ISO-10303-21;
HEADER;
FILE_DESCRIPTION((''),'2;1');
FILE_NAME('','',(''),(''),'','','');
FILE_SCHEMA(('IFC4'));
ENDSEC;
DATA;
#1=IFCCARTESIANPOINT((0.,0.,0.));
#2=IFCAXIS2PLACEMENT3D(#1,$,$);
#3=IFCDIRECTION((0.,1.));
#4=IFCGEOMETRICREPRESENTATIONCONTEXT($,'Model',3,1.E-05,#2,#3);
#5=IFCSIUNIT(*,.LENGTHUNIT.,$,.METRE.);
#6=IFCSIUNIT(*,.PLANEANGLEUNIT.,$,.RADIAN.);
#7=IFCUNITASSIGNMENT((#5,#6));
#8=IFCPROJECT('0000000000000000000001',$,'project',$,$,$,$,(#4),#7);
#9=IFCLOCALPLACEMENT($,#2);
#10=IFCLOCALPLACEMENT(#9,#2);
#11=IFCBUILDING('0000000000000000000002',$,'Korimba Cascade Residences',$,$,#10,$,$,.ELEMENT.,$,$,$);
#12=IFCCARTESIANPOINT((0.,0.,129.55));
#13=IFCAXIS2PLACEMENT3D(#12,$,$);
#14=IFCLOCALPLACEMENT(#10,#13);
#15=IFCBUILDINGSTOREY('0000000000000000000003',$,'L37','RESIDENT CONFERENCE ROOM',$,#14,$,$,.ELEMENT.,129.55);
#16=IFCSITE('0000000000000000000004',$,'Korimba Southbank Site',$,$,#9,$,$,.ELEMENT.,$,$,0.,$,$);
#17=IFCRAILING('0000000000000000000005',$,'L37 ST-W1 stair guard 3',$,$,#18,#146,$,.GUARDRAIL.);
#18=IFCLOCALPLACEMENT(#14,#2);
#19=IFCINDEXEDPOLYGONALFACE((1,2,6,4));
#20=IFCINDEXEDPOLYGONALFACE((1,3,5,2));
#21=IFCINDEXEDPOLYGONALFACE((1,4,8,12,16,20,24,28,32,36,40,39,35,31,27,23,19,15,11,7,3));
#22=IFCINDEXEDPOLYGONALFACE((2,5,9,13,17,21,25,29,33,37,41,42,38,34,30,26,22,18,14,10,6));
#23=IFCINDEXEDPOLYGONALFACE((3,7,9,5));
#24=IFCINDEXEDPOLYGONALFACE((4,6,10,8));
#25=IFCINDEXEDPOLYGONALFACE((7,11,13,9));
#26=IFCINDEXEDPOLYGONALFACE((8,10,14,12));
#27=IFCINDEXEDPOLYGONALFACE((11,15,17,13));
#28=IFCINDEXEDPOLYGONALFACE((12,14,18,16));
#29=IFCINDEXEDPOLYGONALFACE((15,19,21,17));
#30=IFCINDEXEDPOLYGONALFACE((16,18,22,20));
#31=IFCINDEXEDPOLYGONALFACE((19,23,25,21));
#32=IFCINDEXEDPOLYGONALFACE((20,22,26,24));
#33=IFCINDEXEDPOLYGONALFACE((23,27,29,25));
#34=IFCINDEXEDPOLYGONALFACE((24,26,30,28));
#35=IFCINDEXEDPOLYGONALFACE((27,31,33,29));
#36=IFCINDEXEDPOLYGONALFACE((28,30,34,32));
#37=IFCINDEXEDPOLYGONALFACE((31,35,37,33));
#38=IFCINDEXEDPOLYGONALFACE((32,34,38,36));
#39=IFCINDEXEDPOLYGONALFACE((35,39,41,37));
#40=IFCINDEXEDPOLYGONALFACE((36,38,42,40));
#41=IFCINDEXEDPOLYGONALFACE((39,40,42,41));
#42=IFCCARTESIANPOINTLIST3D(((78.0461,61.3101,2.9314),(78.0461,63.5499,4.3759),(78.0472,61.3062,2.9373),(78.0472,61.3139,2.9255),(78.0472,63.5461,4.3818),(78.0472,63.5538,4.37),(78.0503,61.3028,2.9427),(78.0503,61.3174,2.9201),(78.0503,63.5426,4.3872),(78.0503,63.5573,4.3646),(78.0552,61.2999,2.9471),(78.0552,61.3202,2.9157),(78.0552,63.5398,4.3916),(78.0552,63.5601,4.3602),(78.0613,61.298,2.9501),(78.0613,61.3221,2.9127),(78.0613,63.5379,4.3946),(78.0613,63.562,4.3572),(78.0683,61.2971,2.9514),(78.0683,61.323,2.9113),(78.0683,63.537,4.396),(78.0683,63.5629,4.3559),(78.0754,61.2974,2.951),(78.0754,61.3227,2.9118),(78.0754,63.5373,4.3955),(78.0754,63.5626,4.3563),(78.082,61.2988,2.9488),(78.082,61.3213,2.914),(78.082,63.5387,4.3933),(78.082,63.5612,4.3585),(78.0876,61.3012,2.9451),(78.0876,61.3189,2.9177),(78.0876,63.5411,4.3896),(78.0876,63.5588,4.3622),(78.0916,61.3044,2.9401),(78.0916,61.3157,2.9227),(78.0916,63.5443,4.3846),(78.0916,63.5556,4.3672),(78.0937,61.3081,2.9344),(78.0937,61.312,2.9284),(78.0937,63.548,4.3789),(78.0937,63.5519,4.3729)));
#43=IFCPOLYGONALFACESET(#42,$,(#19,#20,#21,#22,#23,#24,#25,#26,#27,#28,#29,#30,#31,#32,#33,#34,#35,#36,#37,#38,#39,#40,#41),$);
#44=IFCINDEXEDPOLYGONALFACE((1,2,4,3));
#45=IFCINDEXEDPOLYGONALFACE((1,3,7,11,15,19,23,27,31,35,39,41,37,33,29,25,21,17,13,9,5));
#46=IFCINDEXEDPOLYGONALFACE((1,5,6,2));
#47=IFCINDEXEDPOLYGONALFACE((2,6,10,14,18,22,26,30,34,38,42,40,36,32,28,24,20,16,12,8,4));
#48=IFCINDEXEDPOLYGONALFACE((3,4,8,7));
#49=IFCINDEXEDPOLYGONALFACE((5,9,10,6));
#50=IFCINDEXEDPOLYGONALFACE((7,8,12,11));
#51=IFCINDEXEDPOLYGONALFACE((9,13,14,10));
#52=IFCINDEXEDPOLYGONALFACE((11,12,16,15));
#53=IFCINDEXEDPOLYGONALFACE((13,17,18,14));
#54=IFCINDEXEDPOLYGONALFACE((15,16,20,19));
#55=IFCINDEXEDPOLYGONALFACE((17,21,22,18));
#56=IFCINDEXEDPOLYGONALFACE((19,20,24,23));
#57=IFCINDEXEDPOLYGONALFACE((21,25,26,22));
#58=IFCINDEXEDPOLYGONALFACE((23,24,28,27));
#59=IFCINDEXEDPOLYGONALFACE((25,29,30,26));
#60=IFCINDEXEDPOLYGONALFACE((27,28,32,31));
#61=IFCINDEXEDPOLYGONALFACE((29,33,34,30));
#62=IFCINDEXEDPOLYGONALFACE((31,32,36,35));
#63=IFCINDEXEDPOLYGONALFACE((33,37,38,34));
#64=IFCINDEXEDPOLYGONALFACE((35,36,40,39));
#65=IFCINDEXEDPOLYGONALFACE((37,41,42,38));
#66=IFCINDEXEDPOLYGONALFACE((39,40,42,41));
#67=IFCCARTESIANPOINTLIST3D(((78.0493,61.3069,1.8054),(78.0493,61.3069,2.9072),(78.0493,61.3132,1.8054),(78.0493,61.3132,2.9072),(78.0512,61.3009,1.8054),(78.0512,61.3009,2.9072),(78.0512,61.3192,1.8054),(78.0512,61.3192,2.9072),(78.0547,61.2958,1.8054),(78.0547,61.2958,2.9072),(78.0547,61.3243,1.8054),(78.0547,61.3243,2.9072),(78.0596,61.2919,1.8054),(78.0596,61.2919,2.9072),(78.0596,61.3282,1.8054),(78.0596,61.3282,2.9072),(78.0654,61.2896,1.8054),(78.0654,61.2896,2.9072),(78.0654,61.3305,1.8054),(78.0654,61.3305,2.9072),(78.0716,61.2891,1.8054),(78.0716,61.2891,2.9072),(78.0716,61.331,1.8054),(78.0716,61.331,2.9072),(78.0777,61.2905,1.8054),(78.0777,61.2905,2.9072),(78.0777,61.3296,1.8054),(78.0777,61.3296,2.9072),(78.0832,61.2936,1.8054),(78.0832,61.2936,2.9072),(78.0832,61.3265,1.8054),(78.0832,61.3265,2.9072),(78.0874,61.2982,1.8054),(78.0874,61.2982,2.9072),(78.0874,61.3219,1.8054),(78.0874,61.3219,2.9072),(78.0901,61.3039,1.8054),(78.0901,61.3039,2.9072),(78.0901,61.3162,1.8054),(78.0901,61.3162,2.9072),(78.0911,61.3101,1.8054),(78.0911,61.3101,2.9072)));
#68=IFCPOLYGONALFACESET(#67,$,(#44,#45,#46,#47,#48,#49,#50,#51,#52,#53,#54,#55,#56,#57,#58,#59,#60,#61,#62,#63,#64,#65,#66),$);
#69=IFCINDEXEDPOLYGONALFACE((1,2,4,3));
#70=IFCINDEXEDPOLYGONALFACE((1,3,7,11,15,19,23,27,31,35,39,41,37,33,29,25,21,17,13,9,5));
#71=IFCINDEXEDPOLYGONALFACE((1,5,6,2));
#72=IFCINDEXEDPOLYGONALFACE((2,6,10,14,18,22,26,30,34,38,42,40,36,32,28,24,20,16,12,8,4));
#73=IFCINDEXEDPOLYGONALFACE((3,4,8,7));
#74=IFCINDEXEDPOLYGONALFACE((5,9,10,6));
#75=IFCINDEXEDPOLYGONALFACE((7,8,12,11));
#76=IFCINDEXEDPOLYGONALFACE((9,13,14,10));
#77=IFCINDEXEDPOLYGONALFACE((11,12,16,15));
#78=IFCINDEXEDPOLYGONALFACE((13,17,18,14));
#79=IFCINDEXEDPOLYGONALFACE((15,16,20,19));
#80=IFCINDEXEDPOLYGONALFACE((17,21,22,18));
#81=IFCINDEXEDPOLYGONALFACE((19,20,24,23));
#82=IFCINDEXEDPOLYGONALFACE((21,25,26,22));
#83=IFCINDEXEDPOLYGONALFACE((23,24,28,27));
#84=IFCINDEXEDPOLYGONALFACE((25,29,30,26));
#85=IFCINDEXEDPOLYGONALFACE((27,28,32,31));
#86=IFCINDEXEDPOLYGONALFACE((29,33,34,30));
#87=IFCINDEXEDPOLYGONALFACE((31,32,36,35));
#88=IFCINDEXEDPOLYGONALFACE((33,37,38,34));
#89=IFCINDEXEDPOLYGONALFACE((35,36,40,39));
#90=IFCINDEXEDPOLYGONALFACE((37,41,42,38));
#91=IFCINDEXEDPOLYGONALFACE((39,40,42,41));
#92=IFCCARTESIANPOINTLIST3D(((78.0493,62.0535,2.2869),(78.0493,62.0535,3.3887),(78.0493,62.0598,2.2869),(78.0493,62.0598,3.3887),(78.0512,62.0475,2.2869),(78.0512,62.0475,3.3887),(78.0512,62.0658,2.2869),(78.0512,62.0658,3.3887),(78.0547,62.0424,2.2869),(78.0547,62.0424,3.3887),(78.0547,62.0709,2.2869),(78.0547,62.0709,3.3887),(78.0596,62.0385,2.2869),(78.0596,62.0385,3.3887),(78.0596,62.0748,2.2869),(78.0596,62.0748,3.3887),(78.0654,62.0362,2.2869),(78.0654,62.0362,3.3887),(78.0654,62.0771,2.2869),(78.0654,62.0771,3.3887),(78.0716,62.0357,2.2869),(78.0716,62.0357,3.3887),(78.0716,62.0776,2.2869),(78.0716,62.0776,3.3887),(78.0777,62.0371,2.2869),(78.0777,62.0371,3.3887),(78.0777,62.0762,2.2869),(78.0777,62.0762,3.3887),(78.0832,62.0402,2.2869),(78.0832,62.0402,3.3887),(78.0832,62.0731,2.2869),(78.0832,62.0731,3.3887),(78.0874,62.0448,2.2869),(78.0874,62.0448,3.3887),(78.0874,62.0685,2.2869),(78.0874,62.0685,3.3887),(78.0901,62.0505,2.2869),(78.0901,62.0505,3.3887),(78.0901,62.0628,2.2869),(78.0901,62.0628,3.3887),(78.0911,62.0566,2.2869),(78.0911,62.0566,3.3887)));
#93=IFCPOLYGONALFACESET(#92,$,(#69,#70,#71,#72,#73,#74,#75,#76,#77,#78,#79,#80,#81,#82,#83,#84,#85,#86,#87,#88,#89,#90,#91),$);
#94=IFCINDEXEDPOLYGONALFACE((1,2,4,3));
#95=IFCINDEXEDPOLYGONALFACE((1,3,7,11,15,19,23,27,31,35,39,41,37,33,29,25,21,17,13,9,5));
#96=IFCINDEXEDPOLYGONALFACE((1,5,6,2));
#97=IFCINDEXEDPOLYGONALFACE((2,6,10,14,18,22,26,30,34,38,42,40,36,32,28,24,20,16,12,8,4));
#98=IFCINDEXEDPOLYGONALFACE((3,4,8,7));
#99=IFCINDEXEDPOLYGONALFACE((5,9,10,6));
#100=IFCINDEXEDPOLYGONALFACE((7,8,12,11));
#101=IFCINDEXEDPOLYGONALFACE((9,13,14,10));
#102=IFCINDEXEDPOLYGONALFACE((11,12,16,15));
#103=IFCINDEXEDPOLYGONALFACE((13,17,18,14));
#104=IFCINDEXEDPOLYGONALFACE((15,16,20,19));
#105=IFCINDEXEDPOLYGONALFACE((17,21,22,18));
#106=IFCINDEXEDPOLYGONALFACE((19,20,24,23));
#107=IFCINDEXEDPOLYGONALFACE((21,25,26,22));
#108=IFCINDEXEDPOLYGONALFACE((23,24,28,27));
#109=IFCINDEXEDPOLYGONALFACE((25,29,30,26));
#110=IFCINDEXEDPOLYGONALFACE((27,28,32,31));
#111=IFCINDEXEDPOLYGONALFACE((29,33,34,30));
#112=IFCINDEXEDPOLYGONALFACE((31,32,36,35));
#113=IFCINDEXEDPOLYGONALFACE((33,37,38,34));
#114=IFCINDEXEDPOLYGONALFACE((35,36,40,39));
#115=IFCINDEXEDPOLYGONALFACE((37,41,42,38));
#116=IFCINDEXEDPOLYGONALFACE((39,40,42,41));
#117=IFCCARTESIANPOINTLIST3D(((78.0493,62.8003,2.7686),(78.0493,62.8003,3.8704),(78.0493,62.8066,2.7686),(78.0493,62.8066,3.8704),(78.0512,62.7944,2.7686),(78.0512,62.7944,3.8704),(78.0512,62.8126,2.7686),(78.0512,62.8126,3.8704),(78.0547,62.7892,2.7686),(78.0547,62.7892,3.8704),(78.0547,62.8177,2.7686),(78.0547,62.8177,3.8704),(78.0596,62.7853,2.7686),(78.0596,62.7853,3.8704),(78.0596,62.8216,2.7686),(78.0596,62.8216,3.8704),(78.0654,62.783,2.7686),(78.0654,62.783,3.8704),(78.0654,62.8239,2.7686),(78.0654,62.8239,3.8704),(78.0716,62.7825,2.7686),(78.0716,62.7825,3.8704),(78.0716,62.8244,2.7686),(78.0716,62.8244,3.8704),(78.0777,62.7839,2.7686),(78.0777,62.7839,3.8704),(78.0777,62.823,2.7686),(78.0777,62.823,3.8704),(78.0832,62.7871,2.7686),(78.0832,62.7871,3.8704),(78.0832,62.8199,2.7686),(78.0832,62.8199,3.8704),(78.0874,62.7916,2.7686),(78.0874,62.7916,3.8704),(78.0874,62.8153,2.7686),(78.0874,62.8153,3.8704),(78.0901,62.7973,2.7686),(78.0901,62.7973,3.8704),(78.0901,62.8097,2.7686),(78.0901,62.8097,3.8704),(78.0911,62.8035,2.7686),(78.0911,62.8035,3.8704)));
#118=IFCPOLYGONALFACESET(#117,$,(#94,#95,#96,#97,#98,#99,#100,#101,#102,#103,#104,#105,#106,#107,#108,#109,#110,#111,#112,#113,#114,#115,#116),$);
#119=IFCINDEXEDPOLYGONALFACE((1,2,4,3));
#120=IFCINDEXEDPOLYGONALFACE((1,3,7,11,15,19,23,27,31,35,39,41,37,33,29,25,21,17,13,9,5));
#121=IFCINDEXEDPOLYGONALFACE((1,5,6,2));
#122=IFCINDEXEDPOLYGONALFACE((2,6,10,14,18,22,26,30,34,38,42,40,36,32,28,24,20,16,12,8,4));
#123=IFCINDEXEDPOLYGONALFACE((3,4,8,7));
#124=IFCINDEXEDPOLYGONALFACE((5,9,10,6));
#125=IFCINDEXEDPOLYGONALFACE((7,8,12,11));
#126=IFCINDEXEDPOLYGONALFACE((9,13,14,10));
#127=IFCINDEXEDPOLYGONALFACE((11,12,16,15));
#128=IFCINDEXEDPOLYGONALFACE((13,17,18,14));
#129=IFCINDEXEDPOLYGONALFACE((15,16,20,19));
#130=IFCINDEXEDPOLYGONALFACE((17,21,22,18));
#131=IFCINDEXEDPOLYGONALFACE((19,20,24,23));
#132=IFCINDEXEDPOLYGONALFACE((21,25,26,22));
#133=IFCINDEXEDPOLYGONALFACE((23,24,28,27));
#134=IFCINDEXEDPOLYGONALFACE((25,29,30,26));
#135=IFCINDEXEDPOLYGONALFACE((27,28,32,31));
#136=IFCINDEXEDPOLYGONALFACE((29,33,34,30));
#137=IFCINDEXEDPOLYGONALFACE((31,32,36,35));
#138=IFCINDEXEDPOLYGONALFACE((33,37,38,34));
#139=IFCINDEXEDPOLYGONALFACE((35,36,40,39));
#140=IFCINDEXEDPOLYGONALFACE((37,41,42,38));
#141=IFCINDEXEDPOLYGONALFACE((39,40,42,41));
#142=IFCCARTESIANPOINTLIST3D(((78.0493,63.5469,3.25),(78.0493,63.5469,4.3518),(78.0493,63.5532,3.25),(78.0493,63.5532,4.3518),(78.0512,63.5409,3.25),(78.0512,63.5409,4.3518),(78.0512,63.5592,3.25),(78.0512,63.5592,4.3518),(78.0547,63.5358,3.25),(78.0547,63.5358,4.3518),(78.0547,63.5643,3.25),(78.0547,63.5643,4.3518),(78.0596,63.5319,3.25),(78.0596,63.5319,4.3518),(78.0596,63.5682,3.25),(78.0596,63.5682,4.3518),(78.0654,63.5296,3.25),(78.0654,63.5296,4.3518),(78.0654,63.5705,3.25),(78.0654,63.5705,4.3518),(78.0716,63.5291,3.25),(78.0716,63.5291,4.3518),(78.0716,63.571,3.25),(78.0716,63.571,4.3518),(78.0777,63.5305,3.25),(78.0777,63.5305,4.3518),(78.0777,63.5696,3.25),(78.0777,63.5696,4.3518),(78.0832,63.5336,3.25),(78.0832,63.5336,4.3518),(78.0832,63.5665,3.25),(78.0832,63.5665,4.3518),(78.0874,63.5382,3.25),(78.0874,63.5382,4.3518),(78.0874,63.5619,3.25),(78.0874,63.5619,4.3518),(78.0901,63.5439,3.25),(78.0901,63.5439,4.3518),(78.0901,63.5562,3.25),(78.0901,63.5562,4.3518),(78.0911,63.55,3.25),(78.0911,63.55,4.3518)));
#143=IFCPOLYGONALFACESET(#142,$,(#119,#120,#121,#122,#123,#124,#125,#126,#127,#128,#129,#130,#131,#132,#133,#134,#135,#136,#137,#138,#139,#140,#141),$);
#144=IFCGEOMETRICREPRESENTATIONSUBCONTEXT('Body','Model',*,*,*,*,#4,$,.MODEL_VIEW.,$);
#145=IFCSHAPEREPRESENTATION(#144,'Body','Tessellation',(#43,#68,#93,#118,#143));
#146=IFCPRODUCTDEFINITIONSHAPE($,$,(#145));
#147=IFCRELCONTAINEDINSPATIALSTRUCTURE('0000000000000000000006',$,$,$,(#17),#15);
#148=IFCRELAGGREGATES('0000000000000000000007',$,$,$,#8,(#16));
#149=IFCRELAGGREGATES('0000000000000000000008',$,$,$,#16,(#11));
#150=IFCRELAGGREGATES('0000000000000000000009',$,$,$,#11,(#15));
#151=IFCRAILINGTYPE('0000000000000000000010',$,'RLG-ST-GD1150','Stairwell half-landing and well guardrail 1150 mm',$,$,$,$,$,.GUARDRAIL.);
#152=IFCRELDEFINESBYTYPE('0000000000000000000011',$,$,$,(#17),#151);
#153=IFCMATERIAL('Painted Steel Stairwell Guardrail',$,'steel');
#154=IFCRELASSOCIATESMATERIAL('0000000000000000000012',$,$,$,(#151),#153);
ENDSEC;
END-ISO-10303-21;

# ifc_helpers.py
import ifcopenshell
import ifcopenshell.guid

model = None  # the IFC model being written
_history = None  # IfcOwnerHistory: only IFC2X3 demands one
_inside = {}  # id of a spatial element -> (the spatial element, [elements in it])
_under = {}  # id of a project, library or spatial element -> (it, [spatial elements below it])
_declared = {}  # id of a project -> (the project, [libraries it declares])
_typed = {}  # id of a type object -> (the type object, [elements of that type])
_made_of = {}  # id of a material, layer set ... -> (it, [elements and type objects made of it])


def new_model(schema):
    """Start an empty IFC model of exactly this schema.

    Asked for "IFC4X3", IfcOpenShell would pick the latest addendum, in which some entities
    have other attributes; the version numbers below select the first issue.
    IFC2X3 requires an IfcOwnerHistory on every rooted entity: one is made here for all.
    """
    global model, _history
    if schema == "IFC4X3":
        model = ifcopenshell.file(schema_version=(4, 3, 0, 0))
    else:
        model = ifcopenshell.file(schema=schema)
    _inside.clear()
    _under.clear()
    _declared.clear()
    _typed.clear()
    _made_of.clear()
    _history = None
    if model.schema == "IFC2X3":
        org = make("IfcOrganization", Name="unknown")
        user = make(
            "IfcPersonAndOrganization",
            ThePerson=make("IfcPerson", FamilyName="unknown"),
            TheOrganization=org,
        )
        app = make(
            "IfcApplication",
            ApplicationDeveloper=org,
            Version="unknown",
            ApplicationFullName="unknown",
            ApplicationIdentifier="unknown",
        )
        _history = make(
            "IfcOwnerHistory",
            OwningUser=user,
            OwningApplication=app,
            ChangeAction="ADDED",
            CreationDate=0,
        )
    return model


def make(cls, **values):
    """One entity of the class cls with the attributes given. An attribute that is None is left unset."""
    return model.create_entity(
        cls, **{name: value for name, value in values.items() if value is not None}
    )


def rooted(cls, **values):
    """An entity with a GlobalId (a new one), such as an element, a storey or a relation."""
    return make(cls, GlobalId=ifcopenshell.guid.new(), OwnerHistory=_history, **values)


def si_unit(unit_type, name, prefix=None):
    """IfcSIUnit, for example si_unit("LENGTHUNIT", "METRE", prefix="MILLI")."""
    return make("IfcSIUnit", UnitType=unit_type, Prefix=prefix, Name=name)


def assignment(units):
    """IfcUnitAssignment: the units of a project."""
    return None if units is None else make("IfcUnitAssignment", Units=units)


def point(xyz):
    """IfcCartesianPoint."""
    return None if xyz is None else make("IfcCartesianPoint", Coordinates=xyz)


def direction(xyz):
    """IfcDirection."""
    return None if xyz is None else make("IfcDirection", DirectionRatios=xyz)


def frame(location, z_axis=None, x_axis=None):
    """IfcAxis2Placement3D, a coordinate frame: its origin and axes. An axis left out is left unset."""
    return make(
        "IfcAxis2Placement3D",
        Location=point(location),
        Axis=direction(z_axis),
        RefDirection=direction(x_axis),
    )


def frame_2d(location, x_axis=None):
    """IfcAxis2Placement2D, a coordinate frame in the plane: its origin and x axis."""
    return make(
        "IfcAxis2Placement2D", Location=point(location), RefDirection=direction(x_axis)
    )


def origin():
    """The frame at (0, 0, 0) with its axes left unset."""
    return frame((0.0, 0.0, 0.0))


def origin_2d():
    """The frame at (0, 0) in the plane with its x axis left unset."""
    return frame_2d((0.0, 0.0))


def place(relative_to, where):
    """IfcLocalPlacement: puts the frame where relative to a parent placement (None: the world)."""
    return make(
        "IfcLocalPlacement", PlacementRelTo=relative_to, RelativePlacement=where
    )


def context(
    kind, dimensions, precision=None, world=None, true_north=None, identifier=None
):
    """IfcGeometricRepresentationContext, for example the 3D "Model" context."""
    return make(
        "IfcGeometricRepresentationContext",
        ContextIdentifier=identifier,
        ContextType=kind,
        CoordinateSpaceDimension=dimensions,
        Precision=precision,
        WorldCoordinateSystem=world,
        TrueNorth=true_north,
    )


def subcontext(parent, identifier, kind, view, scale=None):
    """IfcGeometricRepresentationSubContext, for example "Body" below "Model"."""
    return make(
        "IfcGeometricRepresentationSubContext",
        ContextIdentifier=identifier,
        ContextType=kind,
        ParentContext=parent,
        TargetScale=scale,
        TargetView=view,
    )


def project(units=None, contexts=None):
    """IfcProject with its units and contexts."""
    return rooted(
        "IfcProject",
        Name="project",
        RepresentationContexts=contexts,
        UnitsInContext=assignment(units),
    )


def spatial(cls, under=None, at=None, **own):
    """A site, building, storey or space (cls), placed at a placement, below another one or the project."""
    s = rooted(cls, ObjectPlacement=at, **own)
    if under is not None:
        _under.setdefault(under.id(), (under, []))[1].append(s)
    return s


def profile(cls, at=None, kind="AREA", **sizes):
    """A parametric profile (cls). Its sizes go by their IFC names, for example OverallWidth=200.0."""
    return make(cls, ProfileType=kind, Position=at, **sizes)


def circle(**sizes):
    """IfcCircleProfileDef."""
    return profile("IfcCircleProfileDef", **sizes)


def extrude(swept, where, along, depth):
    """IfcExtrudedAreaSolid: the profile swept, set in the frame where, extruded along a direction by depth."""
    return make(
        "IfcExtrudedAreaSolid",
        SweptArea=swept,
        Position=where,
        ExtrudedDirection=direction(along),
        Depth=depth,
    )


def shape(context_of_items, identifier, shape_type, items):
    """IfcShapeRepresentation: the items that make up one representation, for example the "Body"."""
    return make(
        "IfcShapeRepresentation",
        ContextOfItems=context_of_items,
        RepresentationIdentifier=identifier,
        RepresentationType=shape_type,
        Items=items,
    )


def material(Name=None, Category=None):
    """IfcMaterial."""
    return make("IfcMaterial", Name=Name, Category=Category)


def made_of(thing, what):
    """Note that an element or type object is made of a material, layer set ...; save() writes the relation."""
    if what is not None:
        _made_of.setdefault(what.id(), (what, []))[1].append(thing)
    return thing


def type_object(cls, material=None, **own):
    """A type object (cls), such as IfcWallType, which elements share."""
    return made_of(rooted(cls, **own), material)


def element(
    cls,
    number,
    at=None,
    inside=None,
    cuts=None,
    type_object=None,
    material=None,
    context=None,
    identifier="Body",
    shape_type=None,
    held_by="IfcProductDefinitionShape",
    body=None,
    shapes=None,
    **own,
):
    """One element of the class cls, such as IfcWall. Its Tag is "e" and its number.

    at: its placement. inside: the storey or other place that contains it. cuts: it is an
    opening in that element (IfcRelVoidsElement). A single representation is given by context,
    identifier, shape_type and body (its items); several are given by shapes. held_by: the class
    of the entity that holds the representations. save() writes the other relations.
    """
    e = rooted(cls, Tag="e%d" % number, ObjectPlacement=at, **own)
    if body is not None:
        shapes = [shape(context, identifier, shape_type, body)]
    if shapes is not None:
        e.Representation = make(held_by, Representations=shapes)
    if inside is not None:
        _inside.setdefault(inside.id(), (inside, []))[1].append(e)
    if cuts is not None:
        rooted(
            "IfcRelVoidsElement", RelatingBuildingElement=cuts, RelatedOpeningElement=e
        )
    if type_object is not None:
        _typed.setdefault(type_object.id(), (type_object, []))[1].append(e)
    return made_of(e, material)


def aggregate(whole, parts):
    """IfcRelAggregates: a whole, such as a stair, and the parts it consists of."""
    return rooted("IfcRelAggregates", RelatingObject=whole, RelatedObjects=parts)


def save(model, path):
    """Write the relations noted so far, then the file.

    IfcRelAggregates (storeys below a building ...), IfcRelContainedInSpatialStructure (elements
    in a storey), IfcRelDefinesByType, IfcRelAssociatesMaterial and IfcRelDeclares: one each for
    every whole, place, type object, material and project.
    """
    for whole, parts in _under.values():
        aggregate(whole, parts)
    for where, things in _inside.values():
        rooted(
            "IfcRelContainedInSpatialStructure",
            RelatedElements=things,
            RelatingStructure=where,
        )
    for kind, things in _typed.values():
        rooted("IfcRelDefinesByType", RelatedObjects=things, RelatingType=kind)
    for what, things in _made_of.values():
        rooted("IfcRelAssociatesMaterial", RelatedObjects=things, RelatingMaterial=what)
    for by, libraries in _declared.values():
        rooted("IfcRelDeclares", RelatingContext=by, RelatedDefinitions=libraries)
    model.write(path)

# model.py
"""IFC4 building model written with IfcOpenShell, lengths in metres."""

from ifc_helpers import new_model, si_unit, direction, frame, origin, origin_2d, place, context, subcontext, project, spatial, circle, extrude, material, type_object, element, save


model = new_model("IFC4")

# Units and contexts
model_context = context("Model", 3, precision=1e-05, world=origin(), true_north=direction((0.0, 1.0)))
body_context = subcontext(model_context, "Body", "Model", "MODEL_VIEW")
ifc_project = project(units=[si_unit("LENGTHUNIT", "METRE"), si_unit("PLANEANGLEUNIT", "RADIAN")], contexts=[model_context])

# Site, building, storey
site_placement = place(None, origin())
site = spatial("IfcSite", under=ifc_project, at=site_placement, Name="Korimba Southbank Site", CompositionType="ELEMENT", RefElevation=0.0)
building_placement = place(site_placement, origin())
building = spatial("IfcBuilding", under=site, at=building_placement, Name="Korimba Cascade Residences", CompositionType="ELEMENT")
storey_placement = place(building_placement, frame((0.0, 0.0, 129.55)))
storey = spatial("IfcBuildingStorey", under=building, at=storey_placement, Name="L37", Description="RESIDENT CONFERENCE ROOM", CompositionType="ELEMENT", Elevation=129.55)

# Railing
ifc_material_1 = material(Name="Painted Steel Stairwell Guardrail", Category="steel")
railing_type_1 = type_object("IfcRailingType", Name="RLG-ST-GD1150", Description="Stairwell half-landing and well guardrail 1150 mm", PredefinedType="GUARDRAIL", material=ifc_material_1)
railing_1_placement = place(storey_placement, frame((78.0701, 61.3101, 1.8054)))
element("IfcRailing", 1, at=railing_1_placement, inside=storey, type_object=railing_type_1, Name="L37 ST-W1 stair guard 3", PredefinedType="GUARDRAIL", context=body_context, shape_type="SweptSolid", body=[
    extrude(circle(Radius=0.0239, at=origin_2d()), frame((0.0, 0.0, 1.126), z_axis=(0.0, 0.840395, 0.541975), x_axis=(-1.0, 0.0, 0.0)), (0.0, 0.0, 1.0), 2.6653),
    extrude(circle(Radius=0.021, at=origin_2d()), origin(), (0.0, 0.0, 1.0), 1.1018),
    extrude(circle(Radius=0.021, at=origin_2d()), frame((0.0, 0.7466, 0.4814)), (0.0, 0.0, 1.0), 1.1018),
    extrude(circle(Radius=0.021, at=origin_2d()), frame((0.0, 1.4934, 0.9631)), (0.0, 0.0, 1.0), 1.1018),
    extrude(circle(Radius=0.021, at=origin_2d()), frame((0.0, 2.24, 1.4446)), (0.0, 0.0, 1.0), 1.1018),
])

save(model, "model.ifc")
